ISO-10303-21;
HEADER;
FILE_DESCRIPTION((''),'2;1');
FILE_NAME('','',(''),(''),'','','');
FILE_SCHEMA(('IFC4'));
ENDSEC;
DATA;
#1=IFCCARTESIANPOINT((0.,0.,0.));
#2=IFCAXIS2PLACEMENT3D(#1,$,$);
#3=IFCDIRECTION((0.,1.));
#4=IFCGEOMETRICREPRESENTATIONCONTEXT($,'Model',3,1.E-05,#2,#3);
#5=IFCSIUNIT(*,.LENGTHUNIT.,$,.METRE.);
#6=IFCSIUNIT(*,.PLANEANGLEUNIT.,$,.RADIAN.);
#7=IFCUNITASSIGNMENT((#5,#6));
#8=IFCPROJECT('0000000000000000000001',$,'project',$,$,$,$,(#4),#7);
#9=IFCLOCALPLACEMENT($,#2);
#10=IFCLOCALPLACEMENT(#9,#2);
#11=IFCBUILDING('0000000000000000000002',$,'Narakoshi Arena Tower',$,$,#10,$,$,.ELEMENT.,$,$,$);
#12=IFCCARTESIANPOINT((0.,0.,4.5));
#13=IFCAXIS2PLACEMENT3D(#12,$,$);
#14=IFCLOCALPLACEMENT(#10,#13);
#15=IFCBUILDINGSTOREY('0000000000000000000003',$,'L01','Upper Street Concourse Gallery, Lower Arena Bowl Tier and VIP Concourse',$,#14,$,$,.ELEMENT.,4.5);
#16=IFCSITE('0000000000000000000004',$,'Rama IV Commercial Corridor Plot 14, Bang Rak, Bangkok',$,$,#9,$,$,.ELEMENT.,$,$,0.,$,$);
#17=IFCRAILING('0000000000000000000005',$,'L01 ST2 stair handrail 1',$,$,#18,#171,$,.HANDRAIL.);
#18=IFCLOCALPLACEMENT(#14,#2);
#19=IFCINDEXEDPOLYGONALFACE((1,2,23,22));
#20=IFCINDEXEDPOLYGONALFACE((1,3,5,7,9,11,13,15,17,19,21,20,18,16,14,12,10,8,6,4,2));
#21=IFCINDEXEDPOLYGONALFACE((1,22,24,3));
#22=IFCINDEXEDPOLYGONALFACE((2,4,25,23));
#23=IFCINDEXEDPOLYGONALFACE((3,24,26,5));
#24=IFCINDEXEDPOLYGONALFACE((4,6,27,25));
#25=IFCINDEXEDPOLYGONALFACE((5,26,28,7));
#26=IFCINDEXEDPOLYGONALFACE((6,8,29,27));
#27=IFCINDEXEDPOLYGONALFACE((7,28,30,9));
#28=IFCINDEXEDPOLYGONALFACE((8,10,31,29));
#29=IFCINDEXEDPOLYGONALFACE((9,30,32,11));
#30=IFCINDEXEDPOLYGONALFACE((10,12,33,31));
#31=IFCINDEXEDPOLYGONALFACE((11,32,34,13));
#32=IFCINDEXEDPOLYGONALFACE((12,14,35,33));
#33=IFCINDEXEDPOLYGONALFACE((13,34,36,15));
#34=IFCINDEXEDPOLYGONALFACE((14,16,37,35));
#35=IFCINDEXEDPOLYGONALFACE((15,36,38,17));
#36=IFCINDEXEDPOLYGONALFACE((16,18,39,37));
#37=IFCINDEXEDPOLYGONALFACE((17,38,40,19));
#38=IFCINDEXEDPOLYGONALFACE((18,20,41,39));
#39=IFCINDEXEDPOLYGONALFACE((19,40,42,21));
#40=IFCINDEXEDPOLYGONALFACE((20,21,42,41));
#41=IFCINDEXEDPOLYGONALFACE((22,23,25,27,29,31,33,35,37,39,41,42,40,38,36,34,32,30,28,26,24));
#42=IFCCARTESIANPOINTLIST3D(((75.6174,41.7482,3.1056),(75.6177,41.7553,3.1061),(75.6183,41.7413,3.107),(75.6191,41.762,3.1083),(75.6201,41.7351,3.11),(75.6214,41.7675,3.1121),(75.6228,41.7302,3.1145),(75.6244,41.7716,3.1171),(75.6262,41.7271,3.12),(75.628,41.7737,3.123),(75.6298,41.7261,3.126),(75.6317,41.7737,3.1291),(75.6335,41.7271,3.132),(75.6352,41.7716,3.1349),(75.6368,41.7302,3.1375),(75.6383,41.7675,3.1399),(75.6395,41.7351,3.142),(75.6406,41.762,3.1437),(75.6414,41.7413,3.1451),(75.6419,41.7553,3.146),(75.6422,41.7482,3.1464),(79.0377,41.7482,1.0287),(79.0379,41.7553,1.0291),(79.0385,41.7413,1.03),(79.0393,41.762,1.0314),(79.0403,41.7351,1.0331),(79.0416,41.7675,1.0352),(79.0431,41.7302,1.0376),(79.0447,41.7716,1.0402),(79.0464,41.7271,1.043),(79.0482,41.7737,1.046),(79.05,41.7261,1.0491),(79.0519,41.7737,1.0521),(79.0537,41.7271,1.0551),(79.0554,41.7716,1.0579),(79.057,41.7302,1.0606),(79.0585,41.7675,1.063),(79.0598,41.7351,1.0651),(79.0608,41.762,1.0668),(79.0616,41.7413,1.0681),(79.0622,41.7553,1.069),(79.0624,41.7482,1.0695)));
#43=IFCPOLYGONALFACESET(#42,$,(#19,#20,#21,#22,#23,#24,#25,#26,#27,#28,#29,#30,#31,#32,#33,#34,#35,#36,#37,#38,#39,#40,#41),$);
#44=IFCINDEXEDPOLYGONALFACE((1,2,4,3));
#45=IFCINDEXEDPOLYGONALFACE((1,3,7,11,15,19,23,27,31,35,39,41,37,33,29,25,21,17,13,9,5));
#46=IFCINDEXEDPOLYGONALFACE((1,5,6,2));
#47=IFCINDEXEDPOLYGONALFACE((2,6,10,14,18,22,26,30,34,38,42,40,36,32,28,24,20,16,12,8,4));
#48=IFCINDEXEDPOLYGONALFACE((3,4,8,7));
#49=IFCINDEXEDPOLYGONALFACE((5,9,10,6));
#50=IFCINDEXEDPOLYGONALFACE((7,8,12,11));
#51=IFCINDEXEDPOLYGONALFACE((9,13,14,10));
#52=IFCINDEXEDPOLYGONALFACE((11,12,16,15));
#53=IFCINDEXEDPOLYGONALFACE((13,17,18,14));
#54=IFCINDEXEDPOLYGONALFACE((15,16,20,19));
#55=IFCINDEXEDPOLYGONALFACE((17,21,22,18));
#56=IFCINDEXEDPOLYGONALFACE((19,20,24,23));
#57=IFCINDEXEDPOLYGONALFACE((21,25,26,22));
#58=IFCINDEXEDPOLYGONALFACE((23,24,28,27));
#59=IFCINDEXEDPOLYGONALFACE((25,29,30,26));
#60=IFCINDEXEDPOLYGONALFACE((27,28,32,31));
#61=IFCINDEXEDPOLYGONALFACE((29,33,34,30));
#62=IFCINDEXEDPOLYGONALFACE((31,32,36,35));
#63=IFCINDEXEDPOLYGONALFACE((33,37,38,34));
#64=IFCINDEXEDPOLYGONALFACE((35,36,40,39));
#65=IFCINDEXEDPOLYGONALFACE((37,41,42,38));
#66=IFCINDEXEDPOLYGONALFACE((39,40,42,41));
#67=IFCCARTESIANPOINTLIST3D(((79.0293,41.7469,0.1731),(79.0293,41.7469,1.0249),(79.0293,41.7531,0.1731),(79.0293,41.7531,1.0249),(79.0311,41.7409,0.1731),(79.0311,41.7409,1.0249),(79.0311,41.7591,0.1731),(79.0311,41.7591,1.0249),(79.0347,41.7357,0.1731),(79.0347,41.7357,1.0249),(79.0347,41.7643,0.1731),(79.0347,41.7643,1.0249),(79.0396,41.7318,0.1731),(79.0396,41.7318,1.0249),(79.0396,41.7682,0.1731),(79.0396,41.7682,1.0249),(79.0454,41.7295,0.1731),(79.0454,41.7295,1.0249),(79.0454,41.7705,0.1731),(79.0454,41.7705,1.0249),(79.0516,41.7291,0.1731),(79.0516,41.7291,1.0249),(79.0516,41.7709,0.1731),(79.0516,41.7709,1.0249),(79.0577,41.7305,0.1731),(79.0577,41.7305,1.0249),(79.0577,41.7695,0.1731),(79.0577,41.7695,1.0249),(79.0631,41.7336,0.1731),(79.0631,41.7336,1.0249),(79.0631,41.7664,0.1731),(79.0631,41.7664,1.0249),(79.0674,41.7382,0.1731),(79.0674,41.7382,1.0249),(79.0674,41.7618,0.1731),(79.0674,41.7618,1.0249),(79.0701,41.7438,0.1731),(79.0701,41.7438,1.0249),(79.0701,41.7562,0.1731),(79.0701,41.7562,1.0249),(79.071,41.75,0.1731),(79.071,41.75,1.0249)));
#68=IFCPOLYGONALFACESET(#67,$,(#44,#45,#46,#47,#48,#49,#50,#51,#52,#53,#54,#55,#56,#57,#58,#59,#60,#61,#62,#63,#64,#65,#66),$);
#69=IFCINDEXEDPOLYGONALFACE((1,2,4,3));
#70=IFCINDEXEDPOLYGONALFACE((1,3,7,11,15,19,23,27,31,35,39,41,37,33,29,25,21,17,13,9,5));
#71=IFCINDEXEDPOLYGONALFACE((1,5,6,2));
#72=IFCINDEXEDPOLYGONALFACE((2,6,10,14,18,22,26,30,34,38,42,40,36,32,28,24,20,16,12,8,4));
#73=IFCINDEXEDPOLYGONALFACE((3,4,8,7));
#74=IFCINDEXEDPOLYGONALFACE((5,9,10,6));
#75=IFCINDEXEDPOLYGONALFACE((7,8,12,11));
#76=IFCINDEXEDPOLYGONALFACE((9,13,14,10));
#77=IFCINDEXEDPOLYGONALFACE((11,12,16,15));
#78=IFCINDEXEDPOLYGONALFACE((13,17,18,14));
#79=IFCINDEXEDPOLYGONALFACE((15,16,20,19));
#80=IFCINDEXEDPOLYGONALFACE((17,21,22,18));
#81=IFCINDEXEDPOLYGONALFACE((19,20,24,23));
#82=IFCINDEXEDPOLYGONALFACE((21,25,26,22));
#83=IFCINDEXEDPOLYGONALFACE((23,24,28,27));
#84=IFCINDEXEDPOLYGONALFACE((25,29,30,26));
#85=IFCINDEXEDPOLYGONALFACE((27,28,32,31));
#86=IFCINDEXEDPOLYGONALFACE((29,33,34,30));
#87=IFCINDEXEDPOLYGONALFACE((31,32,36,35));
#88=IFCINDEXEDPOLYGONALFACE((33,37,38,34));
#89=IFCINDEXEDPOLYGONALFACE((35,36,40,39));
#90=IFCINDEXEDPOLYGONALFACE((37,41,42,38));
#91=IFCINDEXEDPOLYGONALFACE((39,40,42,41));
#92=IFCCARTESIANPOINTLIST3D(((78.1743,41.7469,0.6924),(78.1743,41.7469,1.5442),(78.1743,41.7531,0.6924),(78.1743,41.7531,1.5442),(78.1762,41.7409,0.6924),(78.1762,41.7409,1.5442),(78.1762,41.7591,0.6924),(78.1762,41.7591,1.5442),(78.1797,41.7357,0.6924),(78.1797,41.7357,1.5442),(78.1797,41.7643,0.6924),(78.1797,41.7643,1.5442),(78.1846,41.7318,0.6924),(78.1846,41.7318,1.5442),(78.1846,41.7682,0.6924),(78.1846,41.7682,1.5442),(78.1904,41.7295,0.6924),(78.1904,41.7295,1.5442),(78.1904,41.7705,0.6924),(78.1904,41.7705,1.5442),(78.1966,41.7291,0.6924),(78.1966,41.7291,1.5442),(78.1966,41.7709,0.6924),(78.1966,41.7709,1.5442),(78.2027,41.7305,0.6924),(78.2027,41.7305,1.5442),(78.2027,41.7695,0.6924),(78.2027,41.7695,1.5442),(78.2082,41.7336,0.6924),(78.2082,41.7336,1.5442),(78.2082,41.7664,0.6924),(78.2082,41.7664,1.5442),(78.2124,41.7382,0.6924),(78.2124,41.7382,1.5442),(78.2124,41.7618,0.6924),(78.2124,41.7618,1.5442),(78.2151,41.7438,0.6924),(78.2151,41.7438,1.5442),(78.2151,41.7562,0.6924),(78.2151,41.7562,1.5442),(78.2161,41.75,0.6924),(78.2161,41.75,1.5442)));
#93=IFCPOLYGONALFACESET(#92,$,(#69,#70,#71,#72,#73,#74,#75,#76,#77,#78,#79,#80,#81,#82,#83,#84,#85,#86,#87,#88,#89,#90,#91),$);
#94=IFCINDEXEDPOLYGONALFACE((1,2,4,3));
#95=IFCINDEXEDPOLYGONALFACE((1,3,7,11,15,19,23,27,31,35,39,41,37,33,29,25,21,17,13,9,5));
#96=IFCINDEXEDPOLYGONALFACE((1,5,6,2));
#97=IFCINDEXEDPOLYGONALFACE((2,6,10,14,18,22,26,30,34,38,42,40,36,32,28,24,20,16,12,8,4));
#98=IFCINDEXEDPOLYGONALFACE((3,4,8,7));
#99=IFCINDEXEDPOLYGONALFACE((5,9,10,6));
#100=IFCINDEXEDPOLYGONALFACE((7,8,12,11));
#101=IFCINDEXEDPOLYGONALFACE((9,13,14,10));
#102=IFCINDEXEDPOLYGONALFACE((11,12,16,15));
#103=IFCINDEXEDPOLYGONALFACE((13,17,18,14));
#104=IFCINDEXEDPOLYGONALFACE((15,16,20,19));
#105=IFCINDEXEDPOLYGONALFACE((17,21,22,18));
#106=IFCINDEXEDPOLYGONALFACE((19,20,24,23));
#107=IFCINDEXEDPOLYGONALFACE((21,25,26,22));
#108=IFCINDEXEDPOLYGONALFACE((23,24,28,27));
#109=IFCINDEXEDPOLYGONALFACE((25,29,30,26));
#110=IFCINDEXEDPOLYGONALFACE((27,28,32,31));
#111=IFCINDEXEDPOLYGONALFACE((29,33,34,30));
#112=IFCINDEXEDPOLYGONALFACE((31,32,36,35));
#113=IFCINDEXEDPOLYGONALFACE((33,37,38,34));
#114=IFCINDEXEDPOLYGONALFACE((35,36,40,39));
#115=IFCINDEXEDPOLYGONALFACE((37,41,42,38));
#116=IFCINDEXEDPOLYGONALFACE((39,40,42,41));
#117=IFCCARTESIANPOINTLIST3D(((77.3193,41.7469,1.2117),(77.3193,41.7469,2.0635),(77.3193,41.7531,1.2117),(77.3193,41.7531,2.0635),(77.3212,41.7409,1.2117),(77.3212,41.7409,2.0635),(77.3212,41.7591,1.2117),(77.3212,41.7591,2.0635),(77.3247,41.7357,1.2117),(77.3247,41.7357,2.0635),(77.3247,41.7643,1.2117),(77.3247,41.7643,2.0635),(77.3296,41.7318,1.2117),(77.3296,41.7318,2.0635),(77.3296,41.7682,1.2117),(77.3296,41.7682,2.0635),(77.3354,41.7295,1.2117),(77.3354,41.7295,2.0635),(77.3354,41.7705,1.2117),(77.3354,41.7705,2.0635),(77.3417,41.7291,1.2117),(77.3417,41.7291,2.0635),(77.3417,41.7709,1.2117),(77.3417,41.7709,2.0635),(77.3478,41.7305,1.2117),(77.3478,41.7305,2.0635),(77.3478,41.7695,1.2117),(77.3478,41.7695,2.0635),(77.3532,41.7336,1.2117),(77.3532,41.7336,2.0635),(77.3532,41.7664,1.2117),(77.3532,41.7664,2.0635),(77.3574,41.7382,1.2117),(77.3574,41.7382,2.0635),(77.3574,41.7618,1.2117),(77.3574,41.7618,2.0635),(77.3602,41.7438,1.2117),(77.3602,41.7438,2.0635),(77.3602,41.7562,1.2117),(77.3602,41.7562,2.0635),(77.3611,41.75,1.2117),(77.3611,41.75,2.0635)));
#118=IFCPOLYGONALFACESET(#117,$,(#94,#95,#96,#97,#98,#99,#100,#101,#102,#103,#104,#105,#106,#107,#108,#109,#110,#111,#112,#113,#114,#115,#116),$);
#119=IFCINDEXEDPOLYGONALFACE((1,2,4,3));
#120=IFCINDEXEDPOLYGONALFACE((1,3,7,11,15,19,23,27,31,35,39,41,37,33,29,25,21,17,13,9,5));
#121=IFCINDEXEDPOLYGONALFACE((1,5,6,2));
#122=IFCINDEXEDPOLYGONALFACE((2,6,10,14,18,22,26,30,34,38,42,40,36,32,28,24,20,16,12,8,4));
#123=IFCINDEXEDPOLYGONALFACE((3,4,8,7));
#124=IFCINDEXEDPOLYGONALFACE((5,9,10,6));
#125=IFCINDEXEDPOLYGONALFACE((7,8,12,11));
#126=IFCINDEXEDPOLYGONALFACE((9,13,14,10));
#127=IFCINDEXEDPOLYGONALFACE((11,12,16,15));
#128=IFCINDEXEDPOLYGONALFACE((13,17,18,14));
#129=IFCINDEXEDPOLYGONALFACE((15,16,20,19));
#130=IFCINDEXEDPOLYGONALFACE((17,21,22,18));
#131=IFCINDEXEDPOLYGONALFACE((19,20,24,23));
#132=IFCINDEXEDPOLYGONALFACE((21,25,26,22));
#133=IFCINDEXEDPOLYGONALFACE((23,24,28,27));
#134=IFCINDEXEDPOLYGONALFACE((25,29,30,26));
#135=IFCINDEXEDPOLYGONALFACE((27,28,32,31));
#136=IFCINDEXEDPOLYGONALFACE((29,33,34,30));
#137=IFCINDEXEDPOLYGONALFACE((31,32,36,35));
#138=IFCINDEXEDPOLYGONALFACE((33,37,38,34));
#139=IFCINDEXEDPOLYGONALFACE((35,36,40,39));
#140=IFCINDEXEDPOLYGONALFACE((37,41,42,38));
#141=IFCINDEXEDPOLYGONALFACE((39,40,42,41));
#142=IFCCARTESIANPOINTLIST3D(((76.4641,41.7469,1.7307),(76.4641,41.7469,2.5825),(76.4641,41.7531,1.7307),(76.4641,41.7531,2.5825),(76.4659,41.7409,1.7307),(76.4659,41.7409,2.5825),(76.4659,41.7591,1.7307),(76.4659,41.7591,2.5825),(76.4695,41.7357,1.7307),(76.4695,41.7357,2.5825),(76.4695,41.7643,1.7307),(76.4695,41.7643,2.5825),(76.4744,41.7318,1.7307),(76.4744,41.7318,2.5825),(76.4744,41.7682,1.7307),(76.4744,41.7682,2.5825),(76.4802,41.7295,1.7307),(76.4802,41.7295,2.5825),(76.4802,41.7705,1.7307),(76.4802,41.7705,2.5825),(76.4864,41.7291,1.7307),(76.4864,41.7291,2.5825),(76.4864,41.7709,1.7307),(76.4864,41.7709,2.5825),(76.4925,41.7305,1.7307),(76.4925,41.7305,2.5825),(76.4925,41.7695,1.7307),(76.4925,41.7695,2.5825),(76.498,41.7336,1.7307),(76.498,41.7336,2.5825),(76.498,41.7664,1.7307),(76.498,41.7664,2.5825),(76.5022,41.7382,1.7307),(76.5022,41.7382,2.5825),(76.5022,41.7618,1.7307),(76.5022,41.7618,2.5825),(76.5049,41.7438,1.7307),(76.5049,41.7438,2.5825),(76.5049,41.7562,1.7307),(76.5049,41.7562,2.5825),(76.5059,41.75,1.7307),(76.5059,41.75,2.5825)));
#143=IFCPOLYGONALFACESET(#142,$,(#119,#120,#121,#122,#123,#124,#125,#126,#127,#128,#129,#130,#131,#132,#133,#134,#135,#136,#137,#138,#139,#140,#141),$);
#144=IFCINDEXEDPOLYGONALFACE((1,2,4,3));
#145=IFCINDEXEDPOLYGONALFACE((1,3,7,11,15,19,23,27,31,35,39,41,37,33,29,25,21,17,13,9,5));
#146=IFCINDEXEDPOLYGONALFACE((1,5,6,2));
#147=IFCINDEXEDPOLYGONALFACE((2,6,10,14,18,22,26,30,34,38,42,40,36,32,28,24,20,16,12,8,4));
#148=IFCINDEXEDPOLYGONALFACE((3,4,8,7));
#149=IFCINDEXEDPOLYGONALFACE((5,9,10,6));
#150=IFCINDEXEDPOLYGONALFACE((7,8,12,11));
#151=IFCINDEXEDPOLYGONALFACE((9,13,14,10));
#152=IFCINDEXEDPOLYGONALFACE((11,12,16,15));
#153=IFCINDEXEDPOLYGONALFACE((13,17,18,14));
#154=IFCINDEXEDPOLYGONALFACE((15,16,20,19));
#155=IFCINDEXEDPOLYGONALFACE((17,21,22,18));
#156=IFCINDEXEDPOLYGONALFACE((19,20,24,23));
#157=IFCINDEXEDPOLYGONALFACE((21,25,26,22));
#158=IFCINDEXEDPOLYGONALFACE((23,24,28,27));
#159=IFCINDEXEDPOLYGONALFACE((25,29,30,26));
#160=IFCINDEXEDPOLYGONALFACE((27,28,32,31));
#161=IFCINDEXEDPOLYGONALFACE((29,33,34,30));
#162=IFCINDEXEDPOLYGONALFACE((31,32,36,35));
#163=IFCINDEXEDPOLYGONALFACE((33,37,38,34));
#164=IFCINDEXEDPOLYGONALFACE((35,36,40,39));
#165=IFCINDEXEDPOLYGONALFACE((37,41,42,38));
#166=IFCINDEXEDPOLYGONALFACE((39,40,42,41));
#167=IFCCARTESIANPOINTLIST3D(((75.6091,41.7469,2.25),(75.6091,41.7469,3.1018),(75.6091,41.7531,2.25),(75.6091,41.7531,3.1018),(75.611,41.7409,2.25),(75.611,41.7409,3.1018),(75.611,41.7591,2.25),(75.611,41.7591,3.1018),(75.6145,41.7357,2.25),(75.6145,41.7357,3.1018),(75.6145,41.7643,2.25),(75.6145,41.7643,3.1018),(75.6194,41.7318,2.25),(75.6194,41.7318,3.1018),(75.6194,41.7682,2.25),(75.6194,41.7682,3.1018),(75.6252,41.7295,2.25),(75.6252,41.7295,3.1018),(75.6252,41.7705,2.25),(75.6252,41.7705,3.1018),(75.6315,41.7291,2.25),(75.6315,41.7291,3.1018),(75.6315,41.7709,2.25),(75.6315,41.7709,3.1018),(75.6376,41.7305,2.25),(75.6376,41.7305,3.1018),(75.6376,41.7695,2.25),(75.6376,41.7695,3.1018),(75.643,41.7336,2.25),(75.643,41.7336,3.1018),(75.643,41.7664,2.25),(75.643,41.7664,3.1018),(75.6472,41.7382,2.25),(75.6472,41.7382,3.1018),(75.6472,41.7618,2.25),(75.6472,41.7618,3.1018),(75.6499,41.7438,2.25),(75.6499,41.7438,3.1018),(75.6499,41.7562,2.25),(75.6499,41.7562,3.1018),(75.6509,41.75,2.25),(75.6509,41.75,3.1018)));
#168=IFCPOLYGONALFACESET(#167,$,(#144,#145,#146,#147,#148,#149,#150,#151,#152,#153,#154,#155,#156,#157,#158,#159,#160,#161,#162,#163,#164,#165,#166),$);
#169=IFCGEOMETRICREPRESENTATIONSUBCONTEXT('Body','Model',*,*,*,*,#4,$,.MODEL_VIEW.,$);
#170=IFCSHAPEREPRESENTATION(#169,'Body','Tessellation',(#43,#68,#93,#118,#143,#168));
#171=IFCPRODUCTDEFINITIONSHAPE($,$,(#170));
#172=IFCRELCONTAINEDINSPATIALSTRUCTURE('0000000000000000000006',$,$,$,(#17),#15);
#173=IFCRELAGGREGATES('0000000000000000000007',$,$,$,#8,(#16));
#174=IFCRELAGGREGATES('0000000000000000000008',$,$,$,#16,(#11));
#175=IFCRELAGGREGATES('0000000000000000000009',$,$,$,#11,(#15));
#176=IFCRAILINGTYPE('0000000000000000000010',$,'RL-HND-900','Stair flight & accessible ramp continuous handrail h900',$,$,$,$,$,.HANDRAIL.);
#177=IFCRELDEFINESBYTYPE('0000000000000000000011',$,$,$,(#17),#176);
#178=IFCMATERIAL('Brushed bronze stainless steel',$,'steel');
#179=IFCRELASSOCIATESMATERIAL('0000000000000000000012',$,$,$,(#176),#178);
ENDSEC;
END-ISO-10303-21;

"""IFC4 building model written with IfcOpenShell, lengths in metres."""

from ifc_helpers import new_model, si_unit, direction, frame, origin, origin_2d, place, context, subcontext, project, spatial, circle, extrude, material, type_object, element, save


model = new_model("IFC4")

# Units and contexts
model_context = context("Model", 3, precision=1e-05, world=origin(), true_north=direction((0.0, 1.0)))
body_context = subcontext(model_context, "Body", "Model", "MODEL_VIEW")
ifc_project = project(units=[si_unit("LENGTHUNIT", "METRE"), si_unit("PLANEANGLEUNIT", "RADIAN")], contexts=[model_context])

# Site, building, storey
site_placement = place(None, origin())
site = spatial("IfcSite", under=ifc_project, at=site_placement, Name="Rama IV Commercial Corridor Plot 14, Bang Rak, Bangkok", CompositionType="ELEMENT", RefElevation=0.0)
building_placement = place(site_placement, origin())
building = spatial("IfcBuilding", under=site, at=building_placement, Name="Narakoshi Arena Tower", CompositionType="ELEMENT")
storey_placement = place(building_placement, frame((0.0, 0.0, 4.5)))
storey = spatial("IfcBuildingStorey", under=building, at=storey_placement, Name="L01", Description="Upper Street Concourse Gallery, Lower Arena Bowl Tier and VIP Concourse", CompositionType="ELEMENT", Elevation=4.5)

# Shared definitions
ifc_material_1 = material(Name="Brushed bronze stainless steel", Category="steel")

# Railing
railing_type_1 = type_object("IfcRailingType", Name="RL-HND-900", Description="Stair flight & accessible ramp continuous handrail h900", PredefinedType="HANDRAIL", material=ifc_material_1)
for number, where, name in (
    (1, (79.05, 41.75, 0.1731), "L01 ST2 stair handrail 1"),
):
    element("IfcRailing", number, at=place(storey_placement, frame(where)), inside=storey, type_object=railing_type_1, Name=name, PredefinedType="HANDRAIL", context=body_context, shape_type="SweptSolid", body=[
        extrude(circle(Radius=0.0239, at=origin_2d()), frame((0.0, 0.0, 0.876), z_axis=(-0.854746, 0.0, 0.519047), x_axis=(0.0, -1.0, 0.0)), (0.0, 0.0, 1.0), 4.0015),
        extrude(circle(Radius=0.021, at=origin_2d()), origin(), (0.0, 0.0, 1.0), 0.8518),
        extrude(circle(Radius=0.021, at=origin_2d()), frame((-0.855, 0.0, 0.5193)), (0.0, 0.0, 1.0), 0.8518),
        extrude(circle(Radius=0.021, at=origin_2d()), frame((-1.71, 0.0, 1.0386)), (0.0, 0.0, 1.0), 0.8518),
        extrude(circle(Radius=0.021, at=origin_2d()), frame((-2.5652, 0.0, 1.5576)), (0.0, 0.0, 1.0), 0.8518),
        extrude(circle(Radius=0.021, at=origin_2d()), frame((-3.4202, 0.0, 2.0769)), (0.0, 0.0, 1.0), 0.8518),
    ])

save(model, "model.ifc")
